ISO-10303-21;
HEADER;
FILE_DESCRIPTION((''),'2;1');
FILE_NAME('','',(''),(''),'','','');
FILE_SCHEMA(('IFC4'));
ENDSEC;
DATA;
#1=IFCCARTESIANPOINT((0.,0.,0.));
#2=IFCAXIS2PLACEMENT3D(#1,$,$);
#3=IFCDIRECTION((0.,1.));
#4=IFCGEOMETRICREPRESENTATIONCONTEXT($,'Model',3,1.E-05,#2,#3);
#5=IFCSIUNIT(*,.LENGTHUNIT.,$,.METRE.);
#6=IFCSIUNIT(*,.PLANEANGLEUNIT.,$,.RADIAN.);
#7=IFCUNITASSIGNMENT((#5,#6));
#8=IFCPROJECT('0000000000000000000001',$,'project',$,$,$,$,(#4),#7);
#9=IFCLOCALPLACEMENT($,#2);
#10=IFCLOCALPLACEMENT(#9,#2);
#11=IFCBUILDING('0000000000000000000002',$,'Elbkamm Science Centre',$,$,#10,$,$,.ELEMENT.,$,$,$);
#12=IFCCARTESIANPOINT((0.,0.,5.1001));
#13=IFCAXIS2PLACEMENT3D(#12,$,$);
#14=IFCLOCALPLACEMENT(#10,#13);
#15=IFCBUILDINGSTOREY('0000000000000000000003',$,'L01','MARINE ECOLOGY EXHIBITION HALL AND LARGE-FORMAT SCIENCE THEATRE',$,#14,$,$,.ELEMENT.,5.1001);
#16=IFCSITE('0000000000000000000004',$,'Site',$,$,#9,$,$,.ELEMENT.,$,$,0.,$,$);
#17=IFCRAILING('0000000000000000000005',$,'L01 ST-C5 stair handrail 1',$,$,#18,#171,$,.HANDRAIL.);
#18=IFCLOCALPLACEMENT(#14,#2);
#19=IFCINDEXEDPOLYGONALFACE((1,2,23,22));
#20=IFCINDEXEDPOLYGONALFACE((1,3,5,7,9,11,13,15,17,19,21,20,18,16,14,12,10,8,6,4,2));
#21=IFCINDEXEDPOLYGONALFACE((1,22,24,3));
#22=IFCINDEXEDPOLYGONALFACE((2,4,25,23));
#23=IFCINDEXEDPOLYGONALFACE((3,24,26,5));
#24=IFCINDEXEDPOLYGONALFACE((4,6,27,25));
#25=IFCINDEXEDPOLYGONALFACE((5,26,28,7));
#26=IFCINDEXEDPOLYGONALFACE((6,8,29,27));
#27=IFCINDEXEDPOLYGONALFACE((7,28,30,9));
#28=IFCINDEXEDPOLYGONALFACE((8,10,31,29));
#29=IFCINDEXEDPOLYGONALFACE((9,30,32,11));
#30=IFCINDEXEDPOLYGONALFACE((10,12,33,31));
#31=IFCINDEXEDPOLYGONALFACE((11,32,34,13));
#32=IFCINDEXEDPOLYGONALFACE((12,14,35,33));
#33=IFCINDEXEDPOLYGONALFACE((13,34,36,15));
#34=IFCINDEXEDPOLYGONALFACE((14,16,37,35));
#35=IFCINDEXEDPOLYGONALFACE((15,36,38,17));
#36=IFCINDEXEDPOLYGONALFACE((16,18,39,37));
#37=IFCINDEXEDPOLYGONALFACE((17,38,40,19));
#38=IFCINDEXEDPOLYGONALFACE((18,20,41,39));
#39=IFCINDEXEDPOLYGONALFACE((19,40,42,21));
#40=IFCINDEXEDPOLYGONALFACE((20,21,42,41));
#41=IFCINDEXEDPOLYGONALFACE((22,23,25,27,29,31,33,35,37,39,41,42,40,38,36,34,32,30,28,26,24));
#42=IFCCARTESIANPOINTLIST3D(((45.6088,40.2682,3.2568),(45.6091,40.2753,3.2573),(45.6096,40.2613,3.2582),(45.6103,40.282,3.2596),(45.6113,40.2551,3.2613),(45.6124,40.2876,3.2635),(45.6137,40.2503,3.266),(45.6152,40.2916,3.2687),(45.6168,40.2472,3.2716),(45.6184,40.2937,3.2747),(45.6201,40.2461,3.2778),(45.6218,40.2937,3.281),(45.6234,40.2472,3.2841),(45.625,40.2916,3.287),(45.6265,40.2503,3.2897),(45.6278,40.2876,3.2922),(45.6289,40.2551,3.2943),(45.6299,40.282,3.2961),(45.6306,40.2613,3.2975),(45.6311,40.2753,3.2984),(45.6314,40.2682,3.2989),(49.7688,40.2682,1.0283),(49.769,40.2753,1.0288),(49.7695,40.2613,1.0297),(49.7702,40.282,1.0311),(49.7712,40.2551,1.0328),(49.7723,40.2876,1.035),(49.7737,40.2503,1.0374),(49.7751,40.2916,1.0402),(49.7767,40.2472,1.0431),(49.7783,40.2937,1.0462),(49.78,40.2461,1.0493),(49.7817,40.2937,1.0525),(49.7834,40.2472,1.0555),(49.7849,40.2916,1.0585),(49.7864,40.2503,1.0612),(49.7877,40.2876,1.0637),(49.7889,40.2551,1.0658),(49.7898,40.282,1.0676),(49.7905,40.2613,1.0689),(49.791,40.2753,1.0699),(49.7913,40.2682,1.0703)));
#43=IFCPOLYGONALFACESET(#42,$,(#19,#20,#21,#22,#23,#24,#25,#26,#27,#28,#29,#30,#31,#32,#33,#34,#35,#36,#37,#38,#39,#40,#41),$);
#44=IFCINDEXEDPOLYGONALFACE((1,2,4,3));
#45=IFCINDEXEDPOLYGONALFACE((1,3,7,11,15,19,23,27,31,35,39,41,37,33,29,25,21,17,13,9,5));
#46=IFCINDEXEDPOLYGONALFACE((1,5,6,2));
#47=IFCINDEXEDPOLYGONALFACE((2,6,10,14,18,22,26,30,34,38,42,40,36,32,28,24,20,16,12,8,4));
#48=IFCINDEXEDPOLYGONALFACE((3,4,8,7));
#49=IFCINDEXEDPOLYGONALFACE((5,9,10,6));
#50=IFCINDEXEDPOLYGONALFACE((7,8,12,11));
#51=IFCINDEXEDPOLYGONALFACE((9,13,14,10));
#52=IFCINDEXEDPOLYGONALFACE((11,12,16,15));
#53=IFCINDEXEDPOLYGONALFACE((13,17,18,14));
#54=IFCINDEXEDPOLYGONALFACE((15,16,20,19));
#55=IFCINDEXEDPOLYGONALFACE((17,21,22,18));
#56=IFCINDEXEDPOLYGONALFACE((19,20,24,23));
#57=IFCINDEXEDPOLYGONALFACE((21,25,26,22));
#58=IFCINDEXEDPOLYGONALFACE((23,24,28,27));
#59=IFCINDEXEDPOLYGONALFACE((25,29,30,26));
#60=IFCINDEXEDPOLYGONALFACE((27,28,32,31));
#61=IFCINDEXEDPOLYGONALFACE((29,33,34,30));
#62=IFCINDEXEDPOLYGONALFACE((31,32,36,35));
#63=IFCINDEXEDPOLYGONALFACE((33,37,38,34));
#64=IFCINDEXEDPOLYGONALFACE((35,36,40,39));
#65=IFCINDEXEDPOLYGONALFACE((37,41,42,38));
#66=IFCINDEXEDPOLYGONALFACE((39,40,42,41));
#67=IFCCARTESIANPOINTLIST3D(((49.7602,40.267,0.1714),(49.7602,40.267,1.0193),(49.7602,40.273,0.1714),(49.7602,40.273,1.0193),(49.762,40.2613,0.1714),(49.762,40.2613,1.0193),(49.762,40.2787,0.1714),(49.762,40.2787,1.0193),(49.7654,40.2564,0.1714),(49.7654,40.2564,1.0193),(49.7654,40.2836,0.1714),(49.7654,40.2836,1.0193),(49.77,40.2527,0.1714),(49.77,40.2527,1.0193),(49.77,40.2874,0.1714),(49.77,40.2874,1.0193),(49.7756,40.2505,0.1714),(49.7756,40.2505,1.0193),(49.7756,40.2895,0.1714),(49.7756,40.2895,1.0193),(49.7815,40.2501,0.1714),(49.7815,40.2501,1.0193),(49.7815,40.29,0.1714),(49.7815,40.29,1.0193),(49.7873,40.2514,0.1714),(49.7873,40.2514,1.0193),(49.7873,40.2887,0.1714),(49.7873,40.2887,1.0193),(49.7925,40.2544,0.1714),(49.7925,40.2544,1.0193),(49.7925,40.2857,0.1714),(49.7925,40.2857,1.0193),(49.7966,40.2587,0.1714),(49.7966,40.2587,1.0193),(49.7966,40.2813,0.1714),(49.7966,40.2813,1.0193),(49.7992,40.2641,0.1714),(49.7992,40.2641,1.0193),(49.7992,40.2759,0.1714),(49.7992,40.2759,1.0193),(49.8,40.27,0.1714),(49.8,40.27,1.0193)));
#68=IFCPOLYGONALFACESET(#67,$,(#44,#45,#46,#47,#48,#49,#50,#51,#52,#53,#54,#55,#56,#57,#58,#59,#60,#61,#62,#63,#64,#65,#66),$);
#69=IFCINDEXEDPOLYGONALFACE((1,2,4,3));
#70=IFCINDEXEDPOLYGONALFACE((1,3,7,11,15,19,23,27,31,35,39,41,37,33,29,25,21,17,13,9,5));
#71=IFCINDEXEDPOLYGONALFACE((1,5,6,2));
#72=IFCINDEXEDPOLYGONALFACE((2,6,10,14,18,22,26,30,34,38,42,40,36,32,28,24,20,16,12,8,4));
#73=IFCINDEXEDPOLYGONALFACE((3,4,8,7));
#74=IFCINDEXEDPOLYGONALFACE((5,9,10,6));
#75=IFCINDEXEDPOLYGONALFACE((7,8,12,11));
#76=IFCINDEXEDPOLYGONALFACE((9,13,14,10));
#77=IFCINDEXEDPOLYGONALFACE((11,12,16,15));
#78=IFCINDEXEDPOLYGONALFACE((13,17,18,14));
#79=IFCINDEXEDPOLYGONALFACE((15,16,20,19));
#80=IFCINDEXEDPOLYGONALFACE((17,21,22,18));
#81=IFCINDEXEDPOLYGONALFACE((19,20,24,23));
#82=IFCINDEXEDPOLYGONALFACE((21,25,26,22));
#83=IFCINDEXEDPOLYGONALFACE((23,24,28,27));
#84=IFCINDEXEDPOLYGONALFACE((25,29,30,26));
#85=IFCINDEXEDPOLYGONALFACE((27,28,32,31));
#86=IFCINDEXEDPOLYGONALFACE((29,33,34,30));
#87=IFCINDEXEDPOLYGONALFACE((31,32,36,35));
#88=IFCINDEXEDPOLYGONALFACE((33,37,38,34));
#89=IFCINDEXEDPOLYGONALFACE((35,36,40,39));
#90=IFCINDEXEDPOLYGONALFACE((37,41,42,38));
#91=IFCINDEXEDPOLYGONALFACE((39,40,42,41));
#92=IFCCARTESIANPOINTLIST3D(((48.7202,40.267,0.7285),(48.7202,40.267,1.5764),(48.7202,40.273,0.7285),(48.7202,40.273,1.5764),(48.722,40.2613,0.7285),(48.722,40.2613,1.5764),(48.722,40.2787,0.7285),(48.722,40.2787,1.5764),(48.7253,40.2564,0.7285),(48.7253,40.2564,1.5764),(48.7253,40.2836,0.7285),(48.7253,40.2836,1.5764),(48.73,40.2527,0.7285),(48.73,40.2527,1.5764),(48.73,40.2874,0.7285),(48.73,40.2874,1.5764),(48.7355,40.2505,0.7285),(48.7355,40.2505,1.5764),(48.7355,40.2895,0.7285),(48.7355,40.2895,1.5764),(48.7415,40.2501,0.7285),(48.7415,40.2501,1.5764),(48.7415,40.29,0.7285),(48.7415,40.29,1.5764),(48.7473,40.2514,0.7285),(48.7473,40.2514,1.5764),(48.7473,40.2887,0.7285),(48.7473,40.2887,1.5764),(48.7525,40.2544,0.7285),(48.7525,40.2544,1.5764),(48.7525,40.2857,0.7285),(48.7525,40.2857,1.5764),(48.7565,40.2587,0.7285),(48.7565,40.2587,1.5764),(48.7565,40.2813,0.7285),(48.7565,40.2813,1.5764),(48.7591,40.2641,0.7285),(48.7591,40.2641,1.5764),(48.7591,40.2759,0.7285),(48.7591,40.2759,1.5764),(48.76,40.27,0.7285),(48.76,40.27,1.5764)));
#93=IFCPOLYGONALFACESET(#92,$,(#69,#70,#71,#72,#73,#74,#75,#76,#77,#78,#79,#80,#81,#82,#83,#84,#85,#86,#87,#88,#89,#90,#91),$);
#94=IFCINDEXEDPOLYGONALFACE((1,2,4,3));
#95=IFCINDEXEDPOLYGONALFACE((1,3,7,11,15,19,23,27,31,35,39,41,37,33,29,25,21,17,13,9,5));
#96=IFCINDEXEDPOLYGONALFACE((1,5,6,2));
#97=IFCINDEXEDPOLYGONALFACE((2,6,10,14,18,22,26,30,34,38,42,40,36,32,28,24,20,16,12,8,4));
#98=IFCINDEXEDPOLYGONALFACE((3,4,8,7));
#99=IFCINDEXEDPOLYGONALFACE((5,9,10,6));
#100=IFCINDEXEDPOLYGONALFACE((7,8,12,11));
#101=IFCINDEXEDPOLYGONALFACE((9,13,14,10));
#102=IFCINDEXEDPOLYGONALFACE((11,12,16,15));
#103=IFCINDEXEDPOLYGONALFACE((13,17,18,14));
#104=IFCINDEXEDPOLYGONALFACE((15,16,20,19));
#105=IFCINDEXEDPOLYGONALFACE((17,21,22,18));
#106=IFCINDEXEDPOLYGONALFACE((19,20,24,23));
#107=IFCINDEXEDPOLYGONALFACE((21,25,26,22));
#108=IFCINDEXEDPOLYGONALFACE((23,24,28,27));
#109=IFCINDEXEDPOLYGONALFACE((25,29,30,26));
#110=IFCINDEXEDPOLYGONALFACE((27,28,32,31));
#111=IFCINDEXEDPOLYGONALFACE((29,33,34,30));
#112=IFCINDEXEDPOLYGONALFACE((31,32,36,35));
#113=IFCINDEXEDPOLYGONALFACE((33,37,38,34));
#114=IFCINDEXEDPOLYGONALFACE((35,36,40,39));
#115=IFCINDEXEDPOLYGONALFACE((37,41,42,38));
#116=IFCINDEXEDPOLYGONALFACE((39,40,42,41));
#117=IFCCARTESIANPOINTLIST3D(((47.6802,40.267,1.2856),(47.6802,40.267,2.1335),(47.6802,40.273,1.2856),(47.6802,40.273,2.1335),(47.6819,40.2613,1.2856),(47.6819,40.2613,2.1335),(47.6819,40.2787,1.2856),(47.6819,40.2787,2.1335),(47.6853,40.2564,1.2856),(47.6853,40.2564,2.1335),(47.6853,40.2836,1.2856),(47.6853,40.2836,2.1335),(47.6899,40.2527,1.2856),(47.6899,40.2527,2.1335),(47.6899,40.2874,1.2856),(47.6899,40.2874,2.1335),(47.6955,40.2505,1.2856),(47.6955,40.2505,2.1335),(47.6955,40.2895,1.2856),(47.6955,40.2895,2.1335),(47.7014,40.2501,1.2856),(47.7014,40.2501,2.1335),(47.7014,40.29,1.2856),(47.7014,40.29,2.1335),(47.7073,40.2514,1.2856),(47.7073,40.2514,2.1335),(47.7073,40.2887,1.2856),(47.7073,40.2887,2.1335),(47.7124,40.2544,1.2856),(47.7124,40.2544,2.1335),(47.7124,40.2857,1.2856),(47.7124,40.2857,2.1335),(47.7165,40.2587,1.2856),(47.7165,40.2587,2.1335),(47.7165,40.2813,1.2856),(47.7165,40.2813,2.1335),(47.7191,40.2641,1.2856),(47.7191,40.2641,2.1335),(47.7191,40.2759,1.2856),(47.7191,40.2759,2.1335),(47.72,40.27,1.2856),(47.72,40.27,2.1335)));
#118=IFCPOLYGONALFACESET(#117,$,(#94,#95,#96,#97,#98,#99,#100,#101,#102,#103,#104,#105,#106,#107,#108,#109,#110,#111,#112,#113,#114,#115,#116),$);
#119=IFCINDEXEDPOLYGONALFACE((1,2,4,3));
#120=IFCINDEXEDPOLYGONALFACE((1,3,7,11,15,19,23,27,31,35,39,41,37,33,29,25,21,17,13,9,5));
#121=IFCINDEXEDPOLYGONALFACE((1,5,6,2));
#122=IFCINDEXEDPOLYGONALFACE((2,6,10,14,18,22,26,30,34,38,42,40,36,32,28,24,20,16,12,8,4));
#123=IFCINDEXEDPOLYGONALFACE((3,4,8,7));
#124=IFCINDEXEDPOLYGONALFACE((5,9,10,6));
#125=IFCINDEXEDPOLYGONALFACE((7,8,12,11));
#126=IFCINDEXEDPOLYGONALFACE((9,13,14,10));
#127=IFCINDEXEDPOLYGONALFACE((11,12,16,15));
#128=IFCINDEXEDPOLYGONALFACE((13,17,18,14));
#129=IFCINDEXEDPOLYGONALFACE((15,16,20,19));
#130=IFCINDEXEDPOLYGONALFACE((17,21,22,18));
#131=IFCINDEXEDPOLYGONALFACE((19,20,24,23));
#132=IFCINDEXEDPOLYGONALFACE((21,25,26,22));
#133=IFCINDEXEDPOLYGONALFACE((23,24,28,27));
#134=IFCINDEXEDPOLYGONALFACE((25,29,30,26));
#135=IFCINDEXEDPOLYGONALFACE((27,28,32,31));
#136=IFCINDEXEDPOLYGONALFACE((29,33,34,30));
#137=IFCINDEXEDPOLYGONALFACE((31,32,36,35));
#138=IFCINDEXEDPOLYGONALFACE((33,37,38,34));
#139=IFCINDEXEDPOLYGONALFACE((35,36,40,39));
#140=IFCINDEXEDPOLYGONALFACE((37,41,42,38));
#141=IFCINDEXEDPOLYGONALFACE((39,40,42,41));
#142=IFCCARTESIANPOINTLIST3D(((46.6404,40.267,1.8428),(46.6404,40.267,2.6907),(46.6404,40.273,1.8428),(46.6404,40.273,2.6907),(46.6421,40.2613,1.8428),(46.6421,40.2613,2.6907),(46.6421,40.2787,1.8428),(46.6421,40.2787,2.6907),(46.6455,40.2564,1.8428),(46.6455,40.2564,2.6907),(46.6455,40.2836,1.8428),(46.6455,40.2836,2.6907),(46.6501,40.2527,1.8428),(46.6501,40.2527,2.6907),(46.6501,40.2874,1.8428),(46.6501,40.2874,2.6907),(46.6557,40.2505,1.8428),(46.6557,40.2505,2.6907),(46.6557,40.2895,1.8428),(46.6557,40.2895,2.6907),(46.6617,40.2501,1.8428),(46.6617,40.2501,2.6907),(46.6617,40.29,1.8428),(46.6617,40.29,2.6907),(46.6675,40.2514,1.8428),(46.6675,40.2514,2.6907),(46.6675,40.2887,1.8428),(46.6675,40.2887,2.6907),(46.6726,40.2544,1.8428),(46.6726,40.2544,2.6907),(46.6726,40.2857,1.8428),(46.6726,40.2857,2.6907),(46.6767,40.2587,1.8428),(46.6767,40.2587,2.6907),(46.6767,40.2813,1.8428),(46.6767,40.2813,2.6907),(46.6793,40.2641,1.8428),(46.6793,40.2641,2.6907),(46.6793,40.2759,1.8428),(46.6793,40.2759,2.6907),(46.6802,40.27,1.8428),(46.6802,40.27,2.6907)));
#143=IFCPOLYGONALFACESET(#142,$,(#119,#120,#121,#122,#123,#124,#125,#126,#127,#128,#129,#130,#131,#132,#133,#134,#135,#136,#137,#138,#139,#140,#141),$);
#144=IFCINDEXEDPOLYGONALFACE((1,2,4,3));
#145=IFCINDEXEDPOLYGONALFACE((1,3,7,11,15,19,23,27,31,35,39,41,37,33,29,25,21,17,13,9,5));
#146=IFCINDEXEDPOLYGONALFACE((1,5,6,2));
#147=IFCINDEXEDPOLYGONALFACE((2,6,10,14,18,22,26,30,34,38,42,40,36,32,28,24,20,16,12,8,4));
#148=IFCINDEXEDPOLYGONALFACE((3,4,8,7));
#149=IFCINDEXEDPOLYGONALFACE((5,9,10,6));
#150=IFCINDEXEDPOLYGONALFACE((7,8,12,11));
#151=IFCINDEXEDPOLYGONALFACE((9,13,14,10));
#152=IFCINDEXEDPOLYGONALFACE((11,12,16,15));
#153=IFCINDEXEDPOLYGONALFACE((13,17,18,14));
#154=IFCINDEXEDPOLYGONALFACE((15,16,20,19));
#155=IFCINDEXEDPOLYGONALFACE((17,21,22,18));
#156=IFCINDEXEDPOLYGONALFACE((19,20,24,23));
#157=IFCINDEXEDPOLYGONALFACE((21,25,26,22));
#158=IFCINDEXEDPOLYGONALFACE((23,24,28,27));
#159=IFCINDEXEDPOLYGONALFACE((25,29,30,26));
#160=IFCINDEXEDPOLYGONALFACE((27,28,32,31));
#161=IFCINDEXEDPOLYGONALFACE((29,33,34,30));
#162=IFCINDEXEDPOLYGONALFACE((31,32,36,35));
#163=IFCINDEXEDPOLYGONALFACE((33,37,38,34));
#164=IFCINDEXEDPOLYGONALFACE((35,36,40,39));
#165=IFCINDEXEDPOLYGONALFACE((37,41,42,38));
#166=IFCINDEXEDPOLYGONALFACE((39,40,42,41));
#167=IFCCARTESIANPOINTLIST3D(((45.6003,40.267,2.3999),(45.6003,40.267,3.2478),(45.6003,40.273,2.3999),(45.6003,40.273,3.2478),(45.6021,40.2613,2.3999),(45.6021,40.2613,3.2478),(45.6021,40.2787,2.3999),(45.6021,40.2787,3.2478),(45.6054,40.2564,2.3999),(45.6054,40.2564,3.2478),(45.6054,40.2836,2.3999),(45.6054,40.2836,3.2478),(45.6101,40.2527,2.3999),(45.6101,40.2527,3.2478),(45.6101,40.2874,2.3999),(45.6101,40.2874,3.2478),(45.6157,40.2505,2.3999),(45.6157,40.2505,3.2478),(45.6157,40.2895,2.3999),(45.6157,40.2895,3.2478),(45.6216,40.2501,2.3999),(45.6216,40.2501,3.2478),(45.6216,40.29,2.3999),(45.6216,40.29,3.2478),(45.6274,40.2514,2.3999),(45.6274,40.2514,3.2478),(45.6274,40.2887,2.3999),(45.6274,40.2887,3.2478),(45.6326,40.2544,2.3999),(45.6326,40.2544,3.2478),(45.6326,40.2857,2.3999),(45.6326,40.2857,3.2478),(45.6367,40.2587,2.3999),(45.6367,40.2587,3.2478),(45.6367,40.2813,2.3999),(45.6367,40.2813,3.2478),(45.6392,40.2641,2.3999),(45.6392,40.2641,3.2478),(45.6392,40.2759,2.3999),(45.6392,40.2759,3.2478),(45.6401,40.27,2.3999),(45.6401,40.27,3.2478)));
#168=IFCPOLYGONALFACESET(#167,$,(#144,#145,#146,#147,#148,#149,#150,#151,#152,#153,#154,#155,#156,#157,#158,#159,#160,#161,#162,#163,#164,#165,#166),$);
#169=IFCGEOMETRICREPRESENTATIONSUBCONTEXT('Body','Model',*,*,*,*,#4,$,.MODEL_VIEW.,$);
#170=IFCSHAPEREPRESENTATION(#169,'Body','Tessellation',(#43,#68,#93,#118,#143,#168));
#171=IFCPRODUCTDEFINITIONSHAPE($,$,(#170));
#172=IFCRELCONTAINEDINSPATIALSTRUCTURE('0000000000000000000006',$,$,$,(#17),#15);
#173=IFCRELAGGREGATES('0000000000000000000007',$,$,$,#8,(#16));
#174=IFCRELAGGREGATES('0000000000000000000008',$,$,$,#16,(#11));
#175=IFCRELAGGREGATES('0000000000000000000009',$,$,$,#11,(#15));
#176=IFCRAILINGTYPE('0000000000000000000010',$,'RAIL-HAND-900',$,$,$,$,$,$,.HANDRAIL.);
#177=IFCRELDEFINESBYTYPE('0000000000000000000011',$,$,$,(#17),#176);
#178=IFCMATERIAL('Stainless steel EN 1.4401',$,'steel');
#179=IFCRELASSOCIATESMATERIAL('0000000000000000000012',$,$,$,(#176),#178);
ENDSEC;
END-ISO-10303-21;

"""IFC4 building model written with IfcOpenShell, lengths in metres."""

from ifc_helpers import new_model, si_unit, direction, frame, origin, origin_2d, place, context, subcontext, project, spatial, circle, extrude, material, type_object, element, save


model = new_model("IFC4")

# Units and contexts
model_context = context("Model", 3, precision=1e-05, world=origin(), true_north=direction((0.0, 1.0)))
body_context = subcontext(model_context, "Body", "Model", "MODEL_VIEW")
ifc_project = project(units=[si_unit("LENGTHUNIT", "METRE"), si_unit("PLANEANGLEUNIT", "RADIAN")], contexts=[model_context])

# Site, building, storey
site_placement = place(None, origin())
site = spatial("IfcSite", under=ifc_project, at=site_placement, Name="Site", CompositionType="ELEMENT", RefElevation=0.0)
building_placement = place(site_placement, origin())
building = spatial("IfcBuilding", under=site, at=building_placement, Name="Elbkamm Science Centre", CompositionType="ELEMENT")
storey_placement = place(building_placement, frame((0.0, 0.0, 5.1001)))
storey = spatial("IfcBuildingStorey", under=building, at=storey_placement, Name="L01", Description="MARINE ECOLOGY EXHIBITION HALL AND LARGE-FORMAT SCIENCE THEATRE", CompositionType="ELEMENT", Elevation=5.1001)

# Railing
ifc_material_1 = material(Name="Stainless steel EN 1.4401", Category="steel")
railing_type_1 = type_object("IfcRailingType", Name="RAIL-HAND-900", PredefinedType="HANDRAIL", material=ifc_material_1)
railing_1_placement = place(storey_placement, frame((49.78, 40.27, 0.1714)))
element("IfcRailing", 1, at=railing_1_placement, inside=storey, type_object=railing_type_1, Name="L01 ST-C5 stair handrail 1", PredefinedType="HANDRAIL", context=body_context, shape_type="SweptSolid", body=[
    extrude(circle(Radius=0.0239, at=origin_2d()), frame((0.0, 0.0, 0.8779), z_axis=(-0.881481, 0.0, 0.47222), x_axis=(0.0, -1.0, 0.0)), (0.0, 0.0, 1.0), 4.7192),
    extrude(circle(Radius=0.02, at=origin_2d()), origin(), (0.0, 0.0, 1.0), 0.8479),
    extrude(circle(Radius=0.02, at=origin_2d()), frame((-1.04, 0.0, 0.5571)), (0.0, 0.0, 1.0), 0.8479),
    extrude(circle(Radius=0.02, at=origin_2d()), frame((-2.0801, 0.0, 1.1143)), (0.0, 0.0, 1.0), 0.8479),
    extrude(circle(Radius=0.02, at=origin_2d()), frame((-3.1199, 0.0, 1.6714)), (0.0, 0.0, 1.0), 0.8479),
    extrude(circle(Radius=0.02, at=origin_2d()), frame((-4.1599, 0.0, 2.2285)), (0.0, 0.0, 1.0), 0.8479),
])

save(model, "model.ifc")
